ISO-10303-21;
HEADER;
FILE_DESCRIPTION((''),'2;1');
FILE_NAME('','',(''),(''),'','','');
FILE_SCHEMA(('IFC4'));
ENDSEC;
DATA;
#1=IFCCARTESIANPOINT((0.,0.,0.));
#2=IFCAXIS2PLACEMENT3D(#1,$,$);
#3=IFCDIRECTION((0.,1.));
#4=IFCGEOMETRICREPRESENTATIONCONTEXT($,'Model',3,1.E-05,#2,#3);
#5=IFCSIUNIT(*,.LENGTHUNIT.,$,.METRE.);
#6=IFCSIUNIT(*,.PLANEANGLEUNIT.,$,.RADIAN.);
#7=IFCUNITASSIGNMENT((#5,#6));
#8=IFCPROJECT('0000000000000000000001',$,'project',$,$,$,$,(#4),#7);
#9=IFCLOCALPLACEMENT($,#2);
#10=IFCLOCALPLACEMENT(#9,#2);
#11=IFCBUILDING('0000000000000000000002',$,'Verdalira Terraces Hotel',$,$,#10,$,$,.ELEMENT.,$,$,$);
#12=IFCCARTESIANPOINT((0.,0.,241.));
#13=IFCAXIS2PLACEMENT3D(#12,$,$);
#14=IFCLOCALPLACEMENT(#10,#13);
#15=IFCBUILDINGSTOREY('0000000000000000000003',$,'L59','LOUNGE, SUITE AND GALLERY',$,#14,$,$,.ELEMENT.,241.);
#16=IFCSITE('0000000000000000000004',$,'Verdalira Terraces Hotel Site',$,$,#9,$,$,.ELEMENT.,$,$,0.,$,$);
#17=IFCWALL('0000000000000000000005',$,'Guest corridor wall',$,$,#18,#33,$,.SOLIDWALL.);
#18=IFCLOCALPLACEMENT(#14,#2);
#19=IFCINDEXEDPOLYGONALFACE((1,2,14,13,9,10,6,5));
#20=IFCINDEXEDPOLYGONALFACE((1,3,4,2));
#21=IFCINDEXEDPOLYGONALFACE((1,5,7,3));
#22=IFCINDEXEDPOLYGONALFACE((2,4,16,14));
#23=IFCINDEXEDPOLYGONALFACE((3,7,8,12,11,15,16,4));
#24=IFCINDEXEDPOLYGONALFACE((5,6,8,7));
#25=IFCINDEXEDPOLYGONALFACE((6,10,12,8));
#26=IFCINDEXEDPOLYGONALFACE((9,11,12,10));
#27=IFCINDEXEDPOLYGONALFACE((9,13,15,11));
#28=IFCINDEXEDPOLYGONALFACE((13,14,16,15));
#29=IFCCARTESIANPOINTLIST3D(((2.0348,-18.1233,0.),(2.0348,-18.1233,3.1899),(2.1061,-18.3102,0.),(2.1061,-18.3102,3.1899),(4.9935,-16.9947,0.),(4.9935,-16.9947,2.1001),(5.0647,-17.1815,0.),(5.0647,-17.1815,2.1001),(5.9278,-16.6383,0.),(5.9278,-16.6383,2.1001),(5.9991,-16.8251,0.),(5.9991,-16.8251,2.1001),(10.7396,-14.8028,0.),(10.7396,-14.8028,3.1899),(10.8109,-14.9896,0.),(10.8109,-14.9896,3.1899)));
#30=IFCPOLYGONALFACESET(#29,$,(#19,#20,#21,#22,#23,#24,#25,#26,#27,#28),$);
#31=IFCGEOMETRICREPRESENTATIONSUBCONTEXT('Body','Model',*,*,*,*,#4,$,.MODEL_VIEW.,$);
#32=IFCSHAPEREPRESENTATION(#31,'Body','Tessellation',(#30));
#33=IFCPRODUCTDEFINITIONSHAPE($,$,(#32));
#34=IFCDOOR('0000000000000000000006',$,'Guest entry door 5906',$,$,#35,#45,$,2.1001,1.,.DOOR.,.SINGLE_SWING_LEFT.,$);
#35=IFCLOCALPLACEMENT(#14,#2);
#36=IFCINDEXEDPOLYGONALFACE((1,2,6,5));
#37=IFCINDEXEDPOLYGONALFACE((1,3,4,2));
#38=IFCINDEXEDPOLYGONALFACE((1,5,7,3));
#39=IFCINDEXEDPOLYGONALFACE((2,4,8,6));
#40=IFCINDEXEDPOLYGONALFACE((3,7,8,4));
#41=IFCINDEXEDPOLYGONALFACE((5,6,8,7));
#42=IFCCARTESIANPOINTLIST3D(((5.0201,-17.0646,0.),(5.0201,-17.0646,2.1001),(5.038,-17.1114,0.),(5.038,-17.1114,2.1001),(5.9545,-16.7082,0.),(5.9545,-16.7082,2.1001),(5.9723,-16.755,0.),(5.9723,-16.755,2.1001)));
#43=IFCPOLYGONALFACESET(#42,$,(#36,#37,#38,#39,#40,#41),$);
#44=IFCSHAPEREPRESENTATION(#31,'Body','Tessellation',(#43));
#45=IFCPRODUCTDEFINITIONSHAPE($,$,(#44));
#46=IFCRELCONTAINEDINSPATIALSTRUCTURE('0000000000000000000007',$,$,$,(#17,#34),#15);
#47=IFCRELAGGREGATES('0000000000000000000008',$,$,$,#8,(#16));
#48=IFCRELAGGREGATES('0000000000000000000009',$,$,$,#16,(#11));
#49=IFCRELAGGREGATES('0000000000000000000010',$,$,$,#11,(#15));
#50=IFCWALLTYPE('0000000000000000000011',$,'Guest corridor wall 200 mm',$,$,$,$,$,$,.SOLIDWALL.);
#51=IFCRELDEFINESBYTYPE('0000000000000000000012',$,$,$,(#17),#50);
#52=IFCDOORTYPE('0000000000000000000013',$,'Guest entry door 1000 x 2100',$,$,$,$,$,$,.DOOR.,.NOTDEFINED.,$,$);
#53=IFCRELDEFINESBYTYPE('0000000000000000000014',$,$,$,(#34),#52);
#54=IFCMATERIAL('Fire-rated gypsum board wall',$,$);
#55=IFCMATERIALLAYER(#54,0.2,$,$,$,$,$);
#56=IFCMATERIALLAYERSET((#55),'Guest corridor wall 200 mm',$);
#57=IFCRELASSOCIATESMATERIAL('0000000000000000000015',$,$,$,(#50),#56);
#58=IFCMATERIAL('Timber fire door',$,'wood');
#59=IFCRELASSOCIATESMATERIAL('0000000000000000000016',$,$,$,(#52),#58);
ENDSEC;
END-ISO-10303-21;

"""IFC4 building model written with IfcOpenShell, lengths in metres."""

from ifc_helpers import new_model, si_unit, direction, frame, frame_2d, origin, place, context, subcontext, project, spatial, rectangle, extrude, material, layer, layer_set, type_object, element, fill, save


model = new_model("IFC4")

# Units and contexts
model_context = context("Model", 3, precision=1e-05, world=origin(), true_north=direction((0.0, 1.0)))
body_context = subcontext(model_context, "Body", "Model", "MODEL_VIEW")
ifc_project = project(units=[si_unit("LENGTHUNIT", "METRE"), si_unit("PLANEANGLEUNIT", "RADIAN")], contexts=[model_context])

# Site, building, storey
site_placement = place(None, origin())
site = spatial("IfcSite", under=ifc_project, at=site_placement, Name="Verdalira Terraces Hotel Site", CompositionType="ELEMENT", RefElevation=0.0)
building_placement = place(site_placement, origin())
building = spatial("IfcBuilding", under=site, at=building_placement, Name="Verdalira Terraces Hotel", CompositionType="ELEMENT")
storey_placement = place(building_placement, frame((0.0, 0.0, 241.0)))
storey = spatial("IfcBuildingStorey", under=building, at=storey_placement, Name="L59", Description="LOUNGE, SUITE AND GALLERY", CompositionType="ELEMENT", Elevation=241.0)

# Wall, opening, door
ifc_material_1 = material(Name="Fire-rated gypsum board wall")
ifc_layer_1 = layer(ifc_material_1, 0.2)
ifc_layer_set_1 = layer_set([ifc_layer_1], Name="Guest corridor wall 200 mm")
wall_type_1 = type_object("IfcWallType", Name="Guest corridor wall 200 mm", PredefinedType="SOLIDWALL", material=ifc_layer_set_1)
wall_1_placement = place(storey_placement, frame((10.7751, -14.8962, 0.0), z_axis=(0.0, 0.0, 1.0), x_axis=(-0.934329, -0.35641, 0.0)))
wall_1 = element("IfcWall", 1, at=wall_1_placement, inside=storey, type_object=wall_type_1, Name="Guest corridor wall", PredefinedType="SOLIDWALL", context=body_context, shape_type="SweptSolid", body=[
    extrude(rectangle(XDim=9.3166, YDim=0.2, at=frame_2d((4.6582, 0.0))), origin(), (0.0, 0.0, 1.0), 3.1899),
])
opening_1_placement = place(wall_1_placement, frame((5.1499, 0.0, 0.0)))
opening_1 = element("IfcOpeningElement", 2, at=opening_1_placement, cuts=wall_1, PredefinedType="OPENING", context=body_context, shape_type="SweptSolid", body=[
    extrude(rectangle(XDim=1.0, YDim=2.1001, at=frame_2d((0.5, 1.05))), frame((0.0, 0.1099, 0.0), z_axis=(0.0, -1.0, 0.0), x_axis=(1.0, 0.0, 0.0)), (0.0, 0.0, 1.0), 0.22),
])
ifc_material_2 = material(Name="Timber fire door", Category="wood")
door_type_1 = type_object("IfcDoorType", Name="Guest entry door 1000 x 2100", OperationType="NOTDEFINED", PredefinedType="DOOR", material=ifc_material_2)
door_1_placement = place(opening_1_placement, origin())
door_1 = element("IfcDoor", 3, at=door_1_placement, inside=storey, type_object=door_type_1, Name="Guest entry door 5906", OperationType="SINGLE_SWING_LEFT", OverallHeight=2.1001, OverallWidth=1.0, PredefinedType="DOOR", context=body_context, shape_type="SweptSolid", body=[
    extrude(rectangle(XDim=1.0, YDim=2.1001, at=frame_2d((0.5, 1.05))), frame((0.0, 0.0249, 0.0), z_axis=(0.0, -1.0, 0.0), x_axis=(1.0, 0.0, 0.0)), (0.0, 0.0, 1.0), 0.05),
])
fill(opening_1, door_1)

save(model, "model.ifc")
